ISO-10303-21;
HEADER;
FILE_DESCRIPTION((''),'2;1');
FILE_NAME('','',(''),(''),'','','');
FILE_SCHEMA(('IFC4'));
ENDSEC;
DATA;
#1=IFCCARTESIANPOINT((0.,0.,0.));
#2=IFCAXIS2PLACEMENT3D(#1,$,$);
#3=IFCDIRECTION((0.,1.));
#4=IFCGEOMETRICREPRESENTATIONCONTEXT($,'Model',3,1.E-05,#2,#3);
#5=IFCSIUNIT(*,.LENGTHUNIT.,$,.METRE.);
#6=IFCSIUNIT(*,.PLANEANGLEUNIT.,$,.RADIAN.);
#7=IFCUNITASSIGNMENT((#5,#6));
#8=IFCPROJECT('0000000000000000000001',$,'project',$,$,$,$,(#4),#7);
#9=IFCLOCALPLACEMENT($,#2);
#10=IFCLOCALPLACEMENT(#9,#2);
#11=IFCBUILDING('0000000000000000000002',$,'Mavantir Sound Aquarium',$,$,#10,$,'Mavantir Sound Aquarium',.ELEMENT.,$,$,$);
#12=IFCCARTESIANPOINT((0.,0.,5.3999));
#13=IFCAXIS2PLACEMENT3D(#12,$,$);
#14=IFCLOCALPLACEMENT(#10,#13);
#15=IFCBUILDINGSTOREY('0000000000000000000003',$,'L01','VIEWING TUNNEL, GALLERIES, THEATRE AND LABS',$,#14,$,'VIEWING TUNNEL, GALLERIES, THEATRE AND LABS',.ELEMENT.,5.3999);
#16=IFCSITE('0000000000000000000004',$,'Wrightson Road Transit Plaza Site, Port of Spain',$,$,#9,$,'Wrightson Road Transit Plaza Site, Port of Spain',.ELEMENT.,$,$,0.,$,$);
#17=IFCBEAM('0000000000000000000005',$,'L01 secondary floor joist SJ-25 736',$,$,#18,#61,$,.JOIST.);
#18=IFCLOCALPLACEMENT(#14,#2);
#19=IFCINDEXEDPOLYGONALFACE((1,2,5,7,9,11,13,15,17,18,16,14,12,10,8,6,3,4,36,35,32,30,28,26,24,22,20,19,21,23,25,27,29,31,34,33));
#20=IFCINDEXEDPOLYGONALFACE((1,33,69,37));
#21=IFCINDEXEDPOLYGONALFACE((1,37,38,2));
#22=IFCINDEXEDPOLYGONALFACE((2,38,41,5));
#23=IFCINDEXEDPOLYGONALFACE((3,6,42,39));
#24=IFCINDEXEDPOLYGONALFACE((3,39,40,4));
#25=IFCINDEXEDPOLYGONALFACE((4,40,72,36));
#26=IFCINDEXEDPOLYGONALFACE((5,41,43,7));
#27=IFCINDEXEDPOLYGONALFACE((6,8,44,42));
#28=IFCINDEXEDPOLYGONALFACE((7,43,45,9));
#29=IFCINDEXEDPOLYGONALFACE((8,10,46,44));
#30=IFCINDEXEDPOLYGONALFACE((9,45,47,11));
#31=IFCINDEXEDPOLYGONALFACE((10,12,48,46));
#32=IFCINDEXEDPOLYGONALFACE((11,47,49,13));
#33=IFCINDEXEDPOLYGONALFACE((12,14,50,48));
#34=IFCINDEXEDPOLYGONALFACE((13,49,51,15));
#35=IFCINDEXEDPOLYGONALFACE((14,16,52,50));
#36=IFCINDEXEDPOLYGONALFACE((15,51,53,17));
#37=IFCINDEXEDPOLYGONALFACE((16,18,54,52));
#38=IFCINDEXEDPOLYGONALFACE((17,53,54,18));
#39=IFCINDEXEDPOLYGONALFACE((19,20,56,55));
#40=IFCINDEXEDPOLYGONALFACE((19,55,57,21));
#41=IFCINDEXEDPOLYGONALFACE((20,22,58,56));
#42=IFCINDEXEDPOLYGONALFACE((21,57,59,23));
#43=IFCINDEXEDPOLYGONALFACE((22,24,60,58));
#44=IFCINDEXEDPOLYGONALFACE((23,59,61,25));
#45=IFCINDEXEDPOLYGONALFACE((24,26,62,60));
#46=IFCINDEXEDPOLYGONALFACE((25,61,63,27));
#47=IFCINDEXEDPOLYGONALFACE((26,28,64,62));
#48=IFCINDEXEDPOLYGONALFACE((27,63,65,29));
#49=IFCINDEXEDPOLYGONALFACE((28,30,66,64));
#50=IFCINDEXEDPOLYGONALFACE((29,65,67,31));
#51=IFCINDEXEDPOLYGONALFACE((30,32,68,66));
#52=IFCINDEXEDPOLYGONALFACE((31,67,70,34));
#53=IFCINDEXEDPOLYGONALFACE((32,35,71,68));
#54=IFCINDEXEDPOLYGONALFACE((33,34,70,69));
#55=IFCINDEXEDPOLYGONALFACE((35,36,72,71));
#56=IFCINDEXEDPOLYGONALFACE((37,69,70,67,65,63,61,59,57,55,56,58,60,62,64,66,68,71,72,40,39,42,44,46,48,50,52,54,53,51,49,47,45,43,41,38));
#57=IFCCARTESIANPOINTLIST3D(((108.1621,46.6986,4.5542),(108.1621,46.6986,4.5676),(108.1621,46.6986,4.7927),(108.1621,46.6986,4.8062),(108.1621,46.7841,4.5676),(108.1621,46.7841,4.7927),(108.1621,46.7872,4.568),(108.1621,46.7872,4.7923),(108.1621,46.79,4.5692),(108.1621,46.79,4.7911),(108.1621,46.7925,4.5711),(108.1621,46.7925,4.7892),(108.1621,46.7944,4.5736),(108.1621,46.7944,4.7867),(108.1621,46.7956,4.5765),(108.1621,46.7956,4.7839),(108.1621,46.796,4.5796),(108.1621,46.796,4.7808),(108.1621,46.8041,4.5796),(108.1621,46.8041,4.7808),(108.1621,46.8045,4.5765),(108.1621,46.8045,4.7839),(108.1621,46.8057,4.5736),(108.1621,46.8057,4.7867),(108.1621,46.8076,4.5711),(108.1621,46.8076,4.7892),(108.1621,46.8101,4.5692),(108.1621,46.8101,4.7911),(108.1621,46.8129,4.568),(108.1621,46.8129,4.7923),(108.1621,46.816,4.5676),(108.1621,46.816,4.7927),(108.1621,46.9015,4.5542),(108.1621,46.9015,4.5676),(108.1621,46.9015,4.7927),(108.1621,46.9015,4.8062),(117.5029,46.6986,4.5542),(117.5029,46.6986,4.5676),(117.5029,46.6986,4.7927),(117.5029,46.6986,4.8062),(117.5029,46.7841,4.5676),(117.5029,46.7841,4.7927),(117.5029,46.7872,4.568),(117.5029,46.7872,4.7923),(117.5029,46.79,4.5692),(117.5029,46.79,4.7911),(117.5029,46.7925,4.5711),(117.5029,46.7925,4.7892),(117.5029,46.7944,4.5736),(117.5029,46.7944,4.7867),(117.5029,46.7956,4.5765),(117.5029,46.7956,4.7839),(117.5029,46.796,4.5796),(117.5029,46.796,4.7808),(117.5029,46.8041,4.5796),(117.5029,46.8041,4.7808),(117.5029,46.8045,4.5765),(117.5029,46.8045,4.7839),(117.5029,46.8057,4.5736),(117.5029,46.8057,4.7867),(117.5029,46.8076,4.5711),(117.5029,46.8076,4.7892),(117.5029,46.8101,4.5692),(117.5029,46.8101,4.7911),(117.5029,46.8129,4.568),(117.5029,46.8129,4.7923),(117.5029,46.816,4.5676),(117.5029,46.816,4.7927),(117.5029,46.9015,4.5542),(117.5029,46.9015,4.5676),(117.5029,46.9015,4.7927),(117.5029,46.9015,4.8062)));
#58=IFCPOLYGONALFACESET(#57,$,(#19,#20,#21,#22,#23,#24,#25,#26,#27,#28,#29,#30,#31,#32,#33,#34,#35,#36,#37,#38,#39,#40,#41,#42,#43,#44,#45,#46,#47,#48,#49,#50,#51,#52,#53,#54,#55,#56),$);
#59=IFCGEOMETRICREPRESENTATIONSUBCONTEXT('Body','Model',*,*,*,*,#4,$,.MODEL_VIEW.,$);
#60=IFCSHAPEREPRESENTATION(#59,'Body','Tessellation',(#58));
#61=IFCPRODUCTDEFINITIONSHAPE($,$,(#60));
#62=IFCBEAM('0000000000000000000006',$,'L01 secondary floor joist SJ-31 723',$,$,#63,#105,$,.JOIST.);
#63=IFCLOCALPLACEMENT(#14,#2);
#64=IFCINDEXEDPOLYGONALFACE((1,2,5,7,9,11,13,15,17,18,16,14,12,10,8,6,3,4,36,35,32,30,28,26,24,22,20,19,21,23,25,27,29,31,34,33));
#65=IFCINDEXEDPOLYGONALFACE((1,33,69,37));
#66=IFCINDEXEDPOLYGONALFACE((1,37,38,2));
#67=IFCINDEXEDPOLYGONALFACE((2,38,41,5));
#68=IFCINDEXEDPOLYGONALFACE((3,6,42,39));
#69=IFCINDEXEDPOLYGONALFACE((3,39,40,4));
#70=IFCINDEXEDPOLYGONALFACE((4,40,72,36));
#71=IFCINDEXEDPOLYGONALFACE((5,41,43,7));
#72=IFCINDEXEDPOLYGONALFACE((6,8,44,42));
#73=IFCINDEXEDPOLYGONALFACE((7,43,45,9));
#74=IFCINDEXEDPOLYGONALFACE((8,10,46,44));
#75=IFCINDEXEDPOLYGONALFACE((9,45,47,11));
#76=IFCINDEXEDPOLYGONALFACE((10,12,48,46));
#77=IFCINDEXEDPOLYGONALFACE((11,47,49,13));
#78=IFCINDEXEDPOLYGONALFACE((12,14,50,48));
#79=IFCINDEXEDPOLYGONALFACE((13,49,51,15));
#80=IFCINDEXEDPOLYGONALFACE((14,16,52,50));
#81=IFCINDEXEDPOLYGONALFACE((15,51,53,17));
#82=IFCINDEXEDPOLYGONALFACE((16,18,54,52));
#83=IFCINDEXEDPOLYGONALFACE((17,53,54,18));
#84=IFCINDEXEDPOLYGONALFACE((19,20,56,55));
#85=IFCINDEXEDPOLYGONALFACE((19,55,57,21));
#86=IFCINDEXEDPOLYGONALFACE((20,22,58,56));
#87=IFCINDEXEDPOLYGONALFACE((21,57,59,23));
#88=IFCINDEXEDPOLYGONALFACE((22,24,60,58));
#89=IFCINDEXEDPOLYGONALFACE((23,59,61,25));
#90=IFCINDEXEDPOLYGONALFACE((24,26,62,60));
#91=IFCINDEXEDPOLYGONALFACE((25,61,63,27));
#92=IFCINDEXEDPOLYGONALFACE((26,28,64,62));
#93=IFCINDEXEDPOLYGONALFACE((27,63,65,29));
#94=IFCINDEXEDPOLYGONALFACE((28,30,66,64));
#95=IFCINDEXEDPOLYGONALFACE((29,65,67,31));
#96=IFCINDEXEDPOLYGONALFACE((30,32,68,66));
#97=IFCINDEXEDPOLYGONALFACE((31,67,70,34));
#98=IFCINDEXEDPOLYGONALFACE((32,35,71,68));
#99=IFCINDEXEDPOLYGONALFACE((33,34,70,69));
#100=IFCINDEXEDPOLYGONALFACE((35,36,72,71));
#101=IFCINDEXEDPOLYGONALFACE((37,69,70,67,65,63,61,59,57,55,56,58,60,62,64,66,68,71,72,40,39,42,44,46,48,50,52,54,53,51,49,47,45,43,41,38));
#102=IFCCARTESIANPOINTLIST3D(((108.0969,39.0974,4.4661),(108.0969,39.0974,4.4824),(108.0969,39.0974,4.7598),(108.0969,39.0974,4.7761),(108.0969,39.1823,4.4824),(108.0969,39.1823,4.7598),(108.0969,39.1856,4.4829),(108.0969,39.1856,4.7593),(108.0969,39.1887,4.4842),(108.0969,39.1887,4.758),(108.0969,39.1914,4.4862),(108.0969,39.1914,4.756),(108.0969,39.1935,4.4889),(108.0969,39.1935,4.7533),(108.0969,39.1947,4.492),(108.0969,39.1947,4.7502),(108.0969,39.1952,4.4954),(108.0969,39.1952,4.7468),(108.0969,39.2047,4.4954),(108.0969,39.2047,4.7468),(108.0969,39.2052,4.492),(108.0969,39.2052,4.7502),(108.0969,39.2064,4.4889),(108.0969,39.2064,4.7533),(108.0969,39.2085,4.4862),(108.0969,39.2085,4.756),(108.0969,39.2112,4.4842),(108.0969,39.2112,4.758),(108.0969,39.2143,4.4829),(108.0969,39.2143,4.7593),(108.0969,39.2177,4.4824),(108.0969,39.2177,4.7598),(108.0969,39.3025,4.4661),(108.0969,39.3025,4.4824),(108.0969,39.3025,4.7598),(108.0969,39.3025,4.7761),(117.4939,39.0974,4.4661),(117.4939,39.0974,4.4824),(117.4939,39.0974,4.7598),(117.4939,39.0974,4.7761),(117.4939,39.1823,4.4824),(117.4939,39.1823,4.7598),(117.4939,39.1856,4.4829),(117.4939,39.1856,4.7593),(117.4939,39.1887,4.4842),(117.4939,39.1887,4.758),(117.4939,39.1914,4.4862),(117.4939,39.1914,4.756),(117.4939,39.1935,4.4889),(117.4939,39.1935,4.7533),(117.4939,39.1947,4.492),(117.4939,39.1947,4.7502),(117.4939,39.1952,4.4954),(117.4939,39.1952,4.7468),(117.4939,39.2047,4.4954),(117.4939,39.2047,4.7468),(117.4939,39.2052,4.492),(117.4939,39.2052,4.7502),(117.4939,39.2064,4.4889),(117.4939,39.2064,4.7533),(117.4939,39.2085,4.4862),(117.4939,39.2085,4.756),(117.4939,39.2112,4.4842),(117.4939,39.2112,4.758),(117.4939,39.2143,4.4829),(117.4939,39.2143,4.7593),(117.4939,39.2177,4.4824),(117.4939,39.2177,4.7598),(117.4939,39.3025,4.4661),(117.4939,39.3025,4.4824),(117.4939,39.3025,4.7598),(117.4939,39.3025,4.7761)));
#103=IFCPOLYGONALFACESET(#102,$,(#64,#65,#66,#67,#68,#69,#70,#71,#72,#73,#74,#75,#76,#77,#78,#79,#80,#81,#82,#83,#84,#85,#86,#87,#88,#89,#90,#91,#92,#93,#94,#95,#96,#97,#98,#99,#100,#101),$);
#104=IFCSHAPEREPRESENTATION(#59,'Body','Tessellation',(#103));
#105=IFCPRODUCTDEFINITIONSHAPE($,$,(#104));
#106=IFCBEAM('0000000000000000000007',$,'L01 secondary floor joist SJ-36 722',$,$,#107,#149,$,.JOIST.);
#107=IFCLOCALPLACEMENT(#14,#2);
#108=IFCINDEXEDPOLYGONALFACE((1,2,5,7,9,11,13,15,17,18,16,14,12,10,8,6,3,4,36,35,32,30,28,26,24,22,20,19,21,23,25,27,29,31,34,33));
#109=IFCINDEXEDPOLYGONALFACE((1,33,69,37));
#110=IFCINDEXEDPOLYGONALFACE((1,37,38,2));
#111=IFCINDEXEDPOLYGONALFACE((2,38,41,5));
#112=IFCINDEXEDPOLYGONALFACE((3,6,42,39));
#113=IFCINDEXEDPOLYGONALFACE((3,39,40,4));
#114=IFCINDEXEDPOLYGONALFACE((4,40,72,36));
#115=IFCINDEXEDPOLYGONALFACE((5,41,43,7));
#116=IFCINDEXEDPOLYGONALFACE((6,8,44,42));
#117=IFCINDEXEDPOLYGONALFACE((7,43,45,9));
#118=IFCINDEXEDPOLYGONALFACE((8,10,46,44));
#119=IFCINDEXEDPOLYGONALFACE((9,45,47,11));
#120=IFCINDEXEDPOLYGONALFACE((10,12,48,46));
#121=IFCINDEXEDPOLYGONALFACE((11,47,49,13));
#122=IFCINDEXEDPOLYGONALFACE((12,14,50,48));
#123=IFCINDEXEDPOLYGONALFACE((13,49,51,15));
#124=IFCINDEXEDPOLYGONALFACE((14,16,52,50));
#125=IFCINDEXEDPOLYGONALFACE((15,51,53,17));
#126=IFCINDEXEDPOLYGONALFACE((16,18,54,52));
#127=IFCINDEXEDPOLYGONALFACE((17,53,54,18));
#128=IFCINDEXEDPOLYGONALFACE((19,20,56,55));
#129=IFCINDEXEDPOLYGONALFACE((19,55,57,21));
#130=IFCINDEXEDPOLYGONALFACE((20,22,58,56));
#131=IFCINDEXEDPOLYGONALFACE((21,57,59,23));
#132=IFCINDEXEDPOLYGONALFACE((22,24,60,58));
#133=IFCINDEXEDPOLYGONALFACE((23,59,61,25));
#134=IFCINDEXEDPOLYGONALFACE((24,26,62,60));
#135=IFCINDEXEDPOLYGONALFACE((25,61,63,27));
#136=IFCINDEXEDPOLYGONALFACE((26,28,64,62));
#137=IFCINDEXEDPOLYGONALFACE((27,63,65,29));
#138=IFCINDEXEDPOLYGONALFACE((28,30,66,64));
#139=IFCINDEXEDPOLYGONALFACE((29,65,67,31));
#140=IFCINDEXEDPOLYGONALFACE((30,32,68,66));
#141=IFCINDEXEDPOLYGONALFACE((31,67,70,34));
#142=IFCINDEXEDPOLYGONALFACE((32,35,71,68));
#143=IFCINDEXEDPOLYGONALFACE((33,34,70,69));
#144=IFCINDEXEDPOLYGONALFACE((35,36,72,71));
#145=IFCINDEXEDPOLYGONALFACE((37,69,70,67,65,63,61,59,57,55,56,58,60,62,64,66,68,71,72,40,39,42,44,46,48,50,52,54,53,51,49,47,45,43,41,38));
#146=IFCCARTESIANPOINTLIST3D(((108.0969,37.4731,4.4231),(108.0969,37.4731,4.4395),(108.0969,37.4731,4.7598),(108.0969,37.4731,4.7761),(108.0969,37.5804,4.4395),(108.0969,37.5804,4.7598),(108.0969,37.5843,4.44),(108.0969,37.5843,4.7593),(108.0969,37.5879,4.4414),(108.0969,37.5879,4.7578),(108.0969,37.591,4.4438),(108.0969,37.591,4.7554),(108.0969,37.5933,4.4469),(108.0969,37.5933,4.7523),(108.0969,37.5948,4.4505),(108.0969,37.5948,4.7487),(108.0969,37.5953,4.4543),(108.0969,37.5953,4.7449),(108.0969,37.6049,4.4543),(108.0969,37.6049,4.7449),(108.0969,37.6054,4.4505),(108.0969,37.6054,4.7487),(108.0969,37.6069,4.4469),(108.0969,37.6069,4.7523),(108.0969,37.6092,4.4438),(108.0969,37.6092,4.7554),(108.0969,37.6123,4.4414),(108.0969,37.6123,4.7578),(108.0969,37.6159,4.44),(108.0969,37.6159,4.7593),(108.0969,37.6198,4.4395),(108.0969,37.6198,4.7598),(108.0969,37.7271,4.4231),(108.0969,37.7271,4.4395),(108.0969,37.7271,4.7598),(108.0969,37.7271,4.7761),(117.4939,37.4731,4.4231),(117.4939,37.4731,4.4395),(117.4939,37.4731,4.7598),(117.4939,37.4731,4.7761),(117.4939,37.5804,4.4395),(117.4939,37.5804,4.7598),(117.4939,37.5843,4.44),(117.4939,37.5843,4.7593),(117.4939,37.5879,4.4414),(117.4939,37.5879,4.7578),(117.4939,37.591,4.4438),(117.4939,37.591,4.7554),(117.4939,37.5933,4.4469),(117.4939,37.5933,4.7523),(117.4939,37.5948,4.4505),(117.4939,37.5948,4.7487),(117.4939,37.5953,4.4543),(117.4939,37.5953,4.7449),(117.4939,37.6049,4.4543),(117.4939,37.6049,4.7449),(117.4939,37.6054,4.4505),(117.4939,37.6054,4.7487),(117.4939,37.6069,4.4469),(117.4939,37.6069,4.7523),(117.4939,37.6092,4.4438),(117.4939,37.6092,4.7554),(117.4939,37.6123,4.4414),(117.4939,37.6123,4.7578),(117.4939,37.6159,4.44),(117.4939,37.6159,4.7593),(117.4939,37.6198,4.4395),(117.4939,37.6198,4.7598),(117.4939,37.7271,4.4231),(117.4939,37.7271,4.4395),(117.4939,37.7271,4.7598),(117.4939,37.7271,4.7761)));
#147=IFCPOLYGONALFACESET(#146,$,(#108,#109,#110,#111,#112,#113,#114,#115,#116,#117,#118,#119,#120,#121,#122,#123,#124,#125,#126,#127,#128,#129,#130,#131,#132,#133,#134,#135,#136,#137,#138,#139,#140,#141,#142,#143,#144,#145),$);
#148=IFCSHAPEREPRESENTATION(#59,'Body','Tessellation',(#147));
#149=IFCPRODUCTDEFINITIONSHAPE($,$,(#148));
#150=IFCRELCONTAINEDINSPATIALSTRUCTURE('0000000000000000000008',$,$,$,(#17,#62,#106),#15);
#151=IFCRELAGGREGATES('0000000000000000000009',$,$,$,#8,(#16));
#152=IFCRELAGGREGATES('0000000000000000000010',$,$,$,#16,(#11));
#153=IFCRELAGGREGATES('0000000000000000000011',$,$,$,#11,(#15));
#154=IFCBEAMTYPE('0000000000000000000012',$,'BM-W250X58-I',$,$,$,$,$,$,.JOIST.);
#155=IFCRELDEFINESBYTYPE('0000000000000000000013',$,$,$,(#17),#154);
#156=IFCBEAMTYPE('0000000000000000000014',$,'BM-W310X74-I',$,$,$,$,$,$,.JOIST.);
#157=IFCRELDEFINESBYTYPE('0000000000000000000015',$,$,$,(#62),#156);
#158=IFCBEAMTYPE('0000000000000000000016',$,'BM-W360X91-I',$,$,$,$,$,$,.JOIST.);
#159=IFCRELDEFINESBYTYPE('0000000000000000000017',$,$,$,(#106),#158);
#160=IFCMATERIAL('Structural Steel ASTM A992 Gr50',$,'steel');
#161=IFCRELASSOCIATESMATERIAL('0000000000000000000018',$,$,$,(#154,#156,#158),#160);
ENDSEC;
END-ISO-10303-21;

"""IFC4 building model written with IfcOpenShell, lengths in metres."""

from ifc_helpers import new_model, si_unit, direction, frame, origin, origin_2d, place, context, subcontext, project, spatial, i_section, extrude, material, material_profile, profile_set, type_object, element, save


model = new_model("IFC4")

# Units and contexts
model_context = context("Model", 3, precision=1e-05, world=origin(), true_north=direction((0.0, 1.0)))
body_context = subcontext(model_context, "Body", "Model", "MODEL_VIEW")
ifc_project = project(units=[si_unit("LENGTHUNIT", "METRE"), si_unit("PLANEANGLEUNIT", "RADIAN")], contexts=[model_context])

# Site, building, storey
site_placement = place(None, origin())
site = spatial("IfcSite", under=ifc_project, at=site_placement, Name="Wrightson Road Transit Plaza Site, Port of Spain", LongName="Wrightson Road Transit Plaza Site, Port of Spain", CompositionType="ELEMENT", RefElevation=0.0)
building_placement = place(site_placement, origin())
building = spatial("IfcBuilding", under=site, at=building_placement, Name="Mavantir Sound Aquarium", LongName="Mavantir Sound Aquarium", CompositionType="ELEMENT")
storey_placement = place(building_placement, frame((0.0, 0.0, 5.3999)))
storey = spatial("IfcBuildingStorey", under=building, at=storey_placement, Name="L01", Description="VIEWING TUNNEL, GALLERIES, THEATRE AND LABS", LongName="VIEWING TUNNEL, GALLERIES, THEATRE AND LABS", CompositionType="ELEMENT", Elevation=5.3999)

# Beams
ifc_material_1 = material(Name="Structural Steel ASTM A992 Gr50", Category="steel")
ifc_material_profile_1 = material_profile(ifc_material_1, i_section(OverallWidth=0.2029, OverallDepth=0.252, WebThickness=0.0081, FlangeThickness=0.0134, FilletRadius=0.012, at=origin_2d()), Name="W250X58")
ifc_profile_set_1 = profile_set([ifc_material_profile_1], Name="Structural Steel ASTM A992 Gr50")
beam_type_1 = type_object("IfcBeamType", Name="BM-W250X58-I", PredefinedType="JOIST", material=ifc_profile_set_1)
beam_1_placement = place(storey_placement, frame((108.1621, 46.8, 4.6802), z_axis=(1.0, 0.0, 0.0), x_axis=(0.0, 1.0, 0.0)))
element("IfcBeam", 1, at=beam_1_placement, inside=storey, type_object=beam_type_1, Name="L01 secondary floor joist SJ-25 736", PredefinedType="JOIST", context=body_context, shape_type="SweptSolid", body=[
    extrude(i_section(OverallWidth=0.2029, OverallDepth=0.252, WebThickness=0.0081, FlangeThickness=0.0134, FilletRadius=0.012, at=origin_2d()), origin(), (0.0, 0.0, 1.0), 9.3408),
])
ifc_material_profile_2 = material_profile(ifc_material_1, i_section(OverallWidth=0.2051, OverallDepth=0.3101, WebThickness=0.0095, FlangeThickness=0.0164, FilletRadius=0.0129, at=origin_2d()), Name="W310X74")
ifc_profile_set_2 = profile_set([ifc_material_profile_2], Name="Structural Steel ASTM A992 Gr50")
beam_type_2 = type_object("IfcBeamType", Name="BM-W310X74-I", PredefinedType="JOIST", material=ifc_profile_set_2)
beam_2_placement = place(storey_placement, frame((108.0969, 39.2, 4.6211), z_axis=(1.0, 0.0, 0.0), x_axis=(0.0, 1.0, 0.0)))
element("IfcBeam", 2, at=beam_2_placement, inside=storey, type_object=beam_type_2, Name="L01 secondary floor joist SJ-31 723", PredefinedType="JOIST", context=body_context, shape_type="SweptSolid", body=[
    extrude(i_section(OverallWidth=0.2051, OverallDepth=0.3101, WebThickness=0.0095, FlangeThickness=0.0164, FilletRadius=0.0129, at=origin_2d()), origin(), (0.0, 0.0, 1.0), 9.397),
])
ifc_material_profile_3 = material_profile(ifc_material_1, i_section(OverallWidth=0.2539, OverallDepth=0.353, WebThickness=0.0095, FlangeThickness=0.0164, FilletRadius=0.0149, at=origin_2d()), Name="W360X91")
ifc_profile_set_3 = profile_set([ifc_material_profile_3], Name="Structural Steel ASTM A992 Gr50")
beam_type_3 = type_object("IfcBeamType", Name="BM-W360X91-I", PredefinedType="JOIST", material=ifc_profile_set_3)
beam_3_placement = place(storey_placement, frame((108.0969, 37.6001, 4.5996), z_axis=(1.0, 0.0, 0.0), x_axis=(0.0, 1.0, 0.0)))
element("IfcBeam", 3, at=beam_3_placement, inside=storey, type_object=beam_type_3, Name="L01 secondary floor joist SJ-36 722", PredefinedType="JOIST", context=body_context, shape_type="SweptSolid", body=[
    extrude(i_section(OverallWidth=0.2539, OverallDepth=0.353, WebThickness=0.0095, FlangeThickness=0.0164, FilletRadius=0.0149, at=origin_2d()), origin(), (0.0, 0.0, 1.0), 9.397),
])

save(model, "model.ifc")
